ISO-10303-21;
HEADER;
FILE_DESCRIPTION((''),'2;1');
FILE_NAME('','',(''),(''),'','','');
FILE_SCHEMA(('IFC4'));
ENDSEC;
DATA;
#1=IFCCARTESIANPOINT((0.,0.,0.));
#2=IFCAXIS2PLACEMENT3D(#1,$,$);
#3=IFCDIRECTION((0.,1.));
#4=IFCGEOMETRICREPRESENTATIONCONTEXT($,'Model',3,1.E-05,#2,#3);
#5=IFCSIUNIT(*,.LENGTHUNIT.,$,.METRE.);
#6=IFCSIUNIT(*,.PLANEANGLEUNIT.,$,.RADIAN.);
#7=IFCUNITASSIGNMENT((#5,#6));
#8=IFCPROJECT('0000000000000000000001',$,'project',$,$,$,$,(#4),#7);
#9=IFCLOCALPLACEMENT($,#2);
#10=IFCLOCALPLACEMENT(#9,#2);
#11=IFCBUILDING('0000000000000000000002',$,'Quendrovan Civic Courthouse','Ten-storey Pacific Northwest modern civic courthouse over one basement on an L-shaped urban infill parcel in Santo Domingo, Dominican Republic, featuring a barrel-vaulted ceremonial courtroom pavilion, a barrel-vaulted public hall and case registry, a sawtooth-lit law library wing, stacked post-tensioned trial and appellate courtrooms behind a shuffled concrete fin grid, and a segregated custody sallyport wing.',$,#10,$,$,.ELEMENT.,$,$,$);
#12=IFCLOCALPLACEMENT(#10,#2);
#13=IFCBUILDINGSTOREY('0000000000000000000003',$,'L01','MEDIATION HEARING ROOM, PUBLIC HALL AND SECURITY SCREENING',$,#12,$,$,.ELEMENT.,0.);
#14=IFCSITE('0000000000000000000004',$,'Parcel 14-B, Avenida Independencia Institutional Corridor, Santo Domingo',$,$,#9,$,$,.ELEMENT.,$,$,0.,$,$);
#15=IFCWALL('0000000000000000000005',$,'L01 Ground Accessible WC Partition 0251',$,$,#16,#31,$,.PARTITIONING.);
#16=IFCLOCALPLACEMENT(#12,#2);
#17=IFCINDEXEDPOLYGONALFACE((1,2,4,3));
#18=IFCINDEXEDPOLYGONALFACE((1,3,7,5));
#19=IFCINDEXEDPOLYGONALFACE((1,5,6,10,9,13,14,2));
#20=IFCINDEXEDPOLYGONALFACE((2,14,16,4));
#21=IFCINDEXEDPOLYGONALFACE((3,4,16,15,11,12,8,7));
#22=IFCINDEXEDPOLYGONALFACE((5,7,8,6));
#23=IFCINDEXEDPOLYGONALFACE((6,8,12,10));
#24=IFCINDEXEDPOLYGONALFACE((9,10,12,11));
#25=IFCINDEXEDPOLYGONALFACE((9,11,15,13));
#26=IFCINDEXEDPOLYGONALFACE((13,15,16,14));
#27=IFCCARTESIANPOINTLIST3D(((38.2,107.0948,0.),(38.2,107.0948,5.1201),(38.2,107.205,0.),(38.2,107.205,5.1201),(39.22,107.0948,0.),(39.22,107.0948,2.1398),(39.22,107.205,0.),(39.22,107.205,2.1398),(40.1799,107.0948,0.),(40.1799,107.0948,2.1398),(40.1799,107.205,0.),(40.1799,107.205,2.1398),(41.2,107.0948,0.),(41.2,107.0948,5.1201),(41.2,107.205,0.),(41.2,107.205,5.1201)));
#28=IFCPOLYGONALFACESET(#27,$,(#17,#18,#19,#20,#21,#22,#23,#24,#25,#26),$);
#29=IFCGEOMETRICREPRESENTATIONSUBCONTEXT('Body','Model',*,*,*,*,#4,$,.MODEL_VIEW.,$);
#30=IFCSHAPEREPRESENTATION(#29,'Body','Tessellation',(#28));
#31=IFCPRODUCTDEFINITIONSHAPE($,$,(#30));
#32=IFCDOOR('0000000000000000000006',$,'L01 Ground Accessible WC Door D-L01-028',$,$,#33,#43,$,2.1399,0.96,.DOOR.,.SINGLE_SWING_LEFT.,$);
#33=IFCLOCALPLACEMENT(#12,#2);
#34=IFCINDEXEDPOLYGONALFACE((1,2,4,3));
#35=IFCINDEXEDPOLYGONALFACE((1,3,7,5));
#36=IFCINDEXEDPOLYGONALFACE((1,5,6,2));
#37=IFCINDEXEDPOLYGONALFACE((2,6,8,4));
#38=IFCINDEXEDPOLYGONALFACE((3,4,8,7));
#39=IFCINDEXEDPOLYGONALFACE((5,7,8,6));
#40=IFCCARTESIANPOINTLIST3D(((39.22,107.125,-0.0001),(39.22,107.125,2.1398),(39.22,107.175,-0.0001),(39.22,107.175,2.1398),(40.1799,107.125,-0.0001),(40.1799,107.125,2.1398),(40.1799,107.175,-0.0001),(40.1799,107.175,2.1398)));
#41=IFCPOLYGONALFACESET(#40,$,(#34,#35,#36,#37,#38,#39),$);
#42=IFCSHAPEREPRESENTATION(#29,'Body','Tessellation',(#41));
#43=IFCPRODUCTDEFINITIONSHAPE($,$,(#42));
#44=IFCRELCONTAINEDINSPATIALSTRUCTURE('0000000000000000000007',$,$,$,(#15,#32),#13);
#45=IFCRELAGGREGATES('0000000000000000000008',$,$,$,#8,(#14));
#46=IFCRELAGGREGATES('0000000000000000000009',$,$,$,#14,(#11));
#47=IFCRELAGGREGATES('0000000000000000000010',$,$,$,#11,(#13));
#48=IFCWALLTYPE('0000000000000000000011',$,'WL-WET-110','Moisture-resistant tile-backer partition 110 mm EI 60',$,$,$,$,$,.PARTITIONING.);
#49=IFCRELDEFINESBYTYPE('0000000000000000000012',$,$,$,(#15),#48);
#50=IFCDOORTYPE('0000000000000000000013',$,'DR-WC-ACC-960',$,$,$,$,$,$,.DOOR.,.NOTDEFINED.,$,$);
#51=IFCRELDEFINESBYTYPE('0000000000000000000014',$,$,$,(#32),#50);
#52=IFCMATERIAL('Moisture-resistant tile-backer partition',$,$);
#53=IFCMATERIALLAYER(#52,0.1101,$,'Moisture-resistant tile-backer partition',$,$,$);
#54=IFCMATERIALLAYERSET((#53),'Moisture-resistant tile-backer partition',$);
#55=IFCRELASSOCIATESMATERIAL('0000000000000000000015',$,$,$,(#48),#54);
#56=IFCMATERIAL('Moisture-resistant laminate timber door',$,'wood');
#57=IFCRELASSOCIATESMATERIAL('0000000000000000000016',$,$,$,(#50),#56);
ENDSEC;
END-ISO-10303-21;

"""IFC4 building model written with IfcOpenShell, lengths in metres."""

from ifc_helpers import new_model, si_unit, direction, frame, frame_2d, origin, place, context, subcontext, project, spatial, rectangle, extrude, material, layer, layer_set, type_object, element, fill, save


model = new_model("IFC4")

# Units and contexts
model_context = context("Model", 3, precision=1e-05, world=origin(), true_north=direction((0.0, 1.0)))
body_context = subcontext(model_context, "Body", "Model", "MODEL_VIEW")
ifc_project = project(units=[si_unit("LENGTHUNIT", "METRE"), si_unit("PLANEANGLEUNIT", "RADIAN")], contexts=[model_context])

# Site, building, storey
site_placement = place(None, origin())
site = spatial("IfcSite", under=ifc_project, at=site_placement, Name="Parcel 14-B, Avenida Independencia Institutional Corridor, Santo Domingo", CompositionType="ELEMENT", RefElevation=0.0)
building_placement = place(site_placement, origin())
building = spatial("IfcBuilding", under=site, at=building_placement, Name="Quendrovan Civic Courthouse", Description="Ten-storey Pacific Northwest modern civic courthouse over one basement on an L-shaped urban infill parcel in Santo Domingo, Dominican Republic, featuring a barrel-vaulted ceremonial courtroom pavilion, a barrel-vaulted public hall and case registry, a sawtooth-lit law library wing, stacked post-tensioned trial and appellate courtrooms behind a shuffled concrete fin grid, and a segregated custody sallyport wing.", CompositionType="ELEMENT")
storey_placement = place(building_placement, origin())
storey = spatial("IfcBuildingStorey", under=building, at=storey_placement, Name="L01", Description="MEDIATION HEARING ROOM, PUBLIC HALL AND SECURITY SCREENING", CompositionType="ELEMENT", Elevation=0.0)

# Wall, opening, door
ifc_material_1 = material(Name="Moisture-resistant tile-backer partition")
ifc_layer_1 = layer(ifc_material_1, 0.1101, Name="Moisture-resistant tile-backer partition")
ifc_layer_set_1 = layer_set([ifc_layer_1], Name="Moisture-resistant tile-backer partition")
wall_type_1 = type_object("IfcWallType", Name="WL-WET-110", Description="Moisture-resistant tile-backer partition 110 mm EI 60", PredefinedType="PARTITIONING", material=ifc_layer_set_1)
wall_1_placement = place(storey_placement, frame((41.2, 107.1499, 0.0), z_axis=(0.0, 0.0, 1.0), x_axis=(-1.0, 0.0, 0.0)))
wall_1 = element("IfcWall", 1, at=wall_1_placement, inside=storey, type_object=wall_type_1, Name="L01 Ground Accessible WC Partition 0251", PredefinedType="PARTITIONING", context=body_context, shape_type="SweptSolid", body=[
    extrude(rectangle(XDim=3.0, YDim=0.1101, at=frame_2d((1.5, 0.0))), origin(), (0.0, 0.0, 1.0), 5.1201),
])
opening_1_placement = place(wall_1_placement, frame((1.02, 0.0, 0.0)))
opening_1 = element("IfcOpeningElement", 2, at=opening_1_placement, cuts=wall_1, PredefinedType="OPENING", context=body_context, shape_type="SweptSolid", body=[
    extrude(rectangle(XDim=0.96, YDim=2.1399, at=frame_2d((0.48, 1.0698))), frame((0.0, 0.0649, 0.0), z_axis=(0.0, -1.0, 0.0), x_axis=(1.0, 0.0, 0.0)), (0.0, 0.0, 1.0), 0.1301),
])
ifc_material_2 = material(Name="Moisture-resistant laminate timber door", Category="wood")
door_type_1 = type_object("IfcDoorType", Name="DR-WC-ACC-960", OperationType="NOTDEFINED", PredefinedType="DOOR", material=ifc_material_2)
door_1_placement = place(opening_1_placement, origin())
door_1 = element("IfcDoor", 3, at=door_1_placement, inside=storey, type_object=door_type_1, Name="L01 Ground Accessible WC Door D-L01-028", OperationType="SINGLE_SWING_LEFT", OverallHeight=2.1399, OverallWidth=0.96, PredefinedType="DOOR", context=body_context, shape_type="SweptSolid", body=[
    extrude(rectangle(XDim=0.96, YDim=2.1399, at=frame_2d((0.48, 1.0698))), frame((0.0, 0.0249, 0.0), z_axis=(0.0, -1.0, 0.0), x_axis=(1.0, 0.0, 0.0)), (0.0, 0.0, 1.0), 0.05),
])
fill(opening_1, door_1)

save(model, "model.ifc")
